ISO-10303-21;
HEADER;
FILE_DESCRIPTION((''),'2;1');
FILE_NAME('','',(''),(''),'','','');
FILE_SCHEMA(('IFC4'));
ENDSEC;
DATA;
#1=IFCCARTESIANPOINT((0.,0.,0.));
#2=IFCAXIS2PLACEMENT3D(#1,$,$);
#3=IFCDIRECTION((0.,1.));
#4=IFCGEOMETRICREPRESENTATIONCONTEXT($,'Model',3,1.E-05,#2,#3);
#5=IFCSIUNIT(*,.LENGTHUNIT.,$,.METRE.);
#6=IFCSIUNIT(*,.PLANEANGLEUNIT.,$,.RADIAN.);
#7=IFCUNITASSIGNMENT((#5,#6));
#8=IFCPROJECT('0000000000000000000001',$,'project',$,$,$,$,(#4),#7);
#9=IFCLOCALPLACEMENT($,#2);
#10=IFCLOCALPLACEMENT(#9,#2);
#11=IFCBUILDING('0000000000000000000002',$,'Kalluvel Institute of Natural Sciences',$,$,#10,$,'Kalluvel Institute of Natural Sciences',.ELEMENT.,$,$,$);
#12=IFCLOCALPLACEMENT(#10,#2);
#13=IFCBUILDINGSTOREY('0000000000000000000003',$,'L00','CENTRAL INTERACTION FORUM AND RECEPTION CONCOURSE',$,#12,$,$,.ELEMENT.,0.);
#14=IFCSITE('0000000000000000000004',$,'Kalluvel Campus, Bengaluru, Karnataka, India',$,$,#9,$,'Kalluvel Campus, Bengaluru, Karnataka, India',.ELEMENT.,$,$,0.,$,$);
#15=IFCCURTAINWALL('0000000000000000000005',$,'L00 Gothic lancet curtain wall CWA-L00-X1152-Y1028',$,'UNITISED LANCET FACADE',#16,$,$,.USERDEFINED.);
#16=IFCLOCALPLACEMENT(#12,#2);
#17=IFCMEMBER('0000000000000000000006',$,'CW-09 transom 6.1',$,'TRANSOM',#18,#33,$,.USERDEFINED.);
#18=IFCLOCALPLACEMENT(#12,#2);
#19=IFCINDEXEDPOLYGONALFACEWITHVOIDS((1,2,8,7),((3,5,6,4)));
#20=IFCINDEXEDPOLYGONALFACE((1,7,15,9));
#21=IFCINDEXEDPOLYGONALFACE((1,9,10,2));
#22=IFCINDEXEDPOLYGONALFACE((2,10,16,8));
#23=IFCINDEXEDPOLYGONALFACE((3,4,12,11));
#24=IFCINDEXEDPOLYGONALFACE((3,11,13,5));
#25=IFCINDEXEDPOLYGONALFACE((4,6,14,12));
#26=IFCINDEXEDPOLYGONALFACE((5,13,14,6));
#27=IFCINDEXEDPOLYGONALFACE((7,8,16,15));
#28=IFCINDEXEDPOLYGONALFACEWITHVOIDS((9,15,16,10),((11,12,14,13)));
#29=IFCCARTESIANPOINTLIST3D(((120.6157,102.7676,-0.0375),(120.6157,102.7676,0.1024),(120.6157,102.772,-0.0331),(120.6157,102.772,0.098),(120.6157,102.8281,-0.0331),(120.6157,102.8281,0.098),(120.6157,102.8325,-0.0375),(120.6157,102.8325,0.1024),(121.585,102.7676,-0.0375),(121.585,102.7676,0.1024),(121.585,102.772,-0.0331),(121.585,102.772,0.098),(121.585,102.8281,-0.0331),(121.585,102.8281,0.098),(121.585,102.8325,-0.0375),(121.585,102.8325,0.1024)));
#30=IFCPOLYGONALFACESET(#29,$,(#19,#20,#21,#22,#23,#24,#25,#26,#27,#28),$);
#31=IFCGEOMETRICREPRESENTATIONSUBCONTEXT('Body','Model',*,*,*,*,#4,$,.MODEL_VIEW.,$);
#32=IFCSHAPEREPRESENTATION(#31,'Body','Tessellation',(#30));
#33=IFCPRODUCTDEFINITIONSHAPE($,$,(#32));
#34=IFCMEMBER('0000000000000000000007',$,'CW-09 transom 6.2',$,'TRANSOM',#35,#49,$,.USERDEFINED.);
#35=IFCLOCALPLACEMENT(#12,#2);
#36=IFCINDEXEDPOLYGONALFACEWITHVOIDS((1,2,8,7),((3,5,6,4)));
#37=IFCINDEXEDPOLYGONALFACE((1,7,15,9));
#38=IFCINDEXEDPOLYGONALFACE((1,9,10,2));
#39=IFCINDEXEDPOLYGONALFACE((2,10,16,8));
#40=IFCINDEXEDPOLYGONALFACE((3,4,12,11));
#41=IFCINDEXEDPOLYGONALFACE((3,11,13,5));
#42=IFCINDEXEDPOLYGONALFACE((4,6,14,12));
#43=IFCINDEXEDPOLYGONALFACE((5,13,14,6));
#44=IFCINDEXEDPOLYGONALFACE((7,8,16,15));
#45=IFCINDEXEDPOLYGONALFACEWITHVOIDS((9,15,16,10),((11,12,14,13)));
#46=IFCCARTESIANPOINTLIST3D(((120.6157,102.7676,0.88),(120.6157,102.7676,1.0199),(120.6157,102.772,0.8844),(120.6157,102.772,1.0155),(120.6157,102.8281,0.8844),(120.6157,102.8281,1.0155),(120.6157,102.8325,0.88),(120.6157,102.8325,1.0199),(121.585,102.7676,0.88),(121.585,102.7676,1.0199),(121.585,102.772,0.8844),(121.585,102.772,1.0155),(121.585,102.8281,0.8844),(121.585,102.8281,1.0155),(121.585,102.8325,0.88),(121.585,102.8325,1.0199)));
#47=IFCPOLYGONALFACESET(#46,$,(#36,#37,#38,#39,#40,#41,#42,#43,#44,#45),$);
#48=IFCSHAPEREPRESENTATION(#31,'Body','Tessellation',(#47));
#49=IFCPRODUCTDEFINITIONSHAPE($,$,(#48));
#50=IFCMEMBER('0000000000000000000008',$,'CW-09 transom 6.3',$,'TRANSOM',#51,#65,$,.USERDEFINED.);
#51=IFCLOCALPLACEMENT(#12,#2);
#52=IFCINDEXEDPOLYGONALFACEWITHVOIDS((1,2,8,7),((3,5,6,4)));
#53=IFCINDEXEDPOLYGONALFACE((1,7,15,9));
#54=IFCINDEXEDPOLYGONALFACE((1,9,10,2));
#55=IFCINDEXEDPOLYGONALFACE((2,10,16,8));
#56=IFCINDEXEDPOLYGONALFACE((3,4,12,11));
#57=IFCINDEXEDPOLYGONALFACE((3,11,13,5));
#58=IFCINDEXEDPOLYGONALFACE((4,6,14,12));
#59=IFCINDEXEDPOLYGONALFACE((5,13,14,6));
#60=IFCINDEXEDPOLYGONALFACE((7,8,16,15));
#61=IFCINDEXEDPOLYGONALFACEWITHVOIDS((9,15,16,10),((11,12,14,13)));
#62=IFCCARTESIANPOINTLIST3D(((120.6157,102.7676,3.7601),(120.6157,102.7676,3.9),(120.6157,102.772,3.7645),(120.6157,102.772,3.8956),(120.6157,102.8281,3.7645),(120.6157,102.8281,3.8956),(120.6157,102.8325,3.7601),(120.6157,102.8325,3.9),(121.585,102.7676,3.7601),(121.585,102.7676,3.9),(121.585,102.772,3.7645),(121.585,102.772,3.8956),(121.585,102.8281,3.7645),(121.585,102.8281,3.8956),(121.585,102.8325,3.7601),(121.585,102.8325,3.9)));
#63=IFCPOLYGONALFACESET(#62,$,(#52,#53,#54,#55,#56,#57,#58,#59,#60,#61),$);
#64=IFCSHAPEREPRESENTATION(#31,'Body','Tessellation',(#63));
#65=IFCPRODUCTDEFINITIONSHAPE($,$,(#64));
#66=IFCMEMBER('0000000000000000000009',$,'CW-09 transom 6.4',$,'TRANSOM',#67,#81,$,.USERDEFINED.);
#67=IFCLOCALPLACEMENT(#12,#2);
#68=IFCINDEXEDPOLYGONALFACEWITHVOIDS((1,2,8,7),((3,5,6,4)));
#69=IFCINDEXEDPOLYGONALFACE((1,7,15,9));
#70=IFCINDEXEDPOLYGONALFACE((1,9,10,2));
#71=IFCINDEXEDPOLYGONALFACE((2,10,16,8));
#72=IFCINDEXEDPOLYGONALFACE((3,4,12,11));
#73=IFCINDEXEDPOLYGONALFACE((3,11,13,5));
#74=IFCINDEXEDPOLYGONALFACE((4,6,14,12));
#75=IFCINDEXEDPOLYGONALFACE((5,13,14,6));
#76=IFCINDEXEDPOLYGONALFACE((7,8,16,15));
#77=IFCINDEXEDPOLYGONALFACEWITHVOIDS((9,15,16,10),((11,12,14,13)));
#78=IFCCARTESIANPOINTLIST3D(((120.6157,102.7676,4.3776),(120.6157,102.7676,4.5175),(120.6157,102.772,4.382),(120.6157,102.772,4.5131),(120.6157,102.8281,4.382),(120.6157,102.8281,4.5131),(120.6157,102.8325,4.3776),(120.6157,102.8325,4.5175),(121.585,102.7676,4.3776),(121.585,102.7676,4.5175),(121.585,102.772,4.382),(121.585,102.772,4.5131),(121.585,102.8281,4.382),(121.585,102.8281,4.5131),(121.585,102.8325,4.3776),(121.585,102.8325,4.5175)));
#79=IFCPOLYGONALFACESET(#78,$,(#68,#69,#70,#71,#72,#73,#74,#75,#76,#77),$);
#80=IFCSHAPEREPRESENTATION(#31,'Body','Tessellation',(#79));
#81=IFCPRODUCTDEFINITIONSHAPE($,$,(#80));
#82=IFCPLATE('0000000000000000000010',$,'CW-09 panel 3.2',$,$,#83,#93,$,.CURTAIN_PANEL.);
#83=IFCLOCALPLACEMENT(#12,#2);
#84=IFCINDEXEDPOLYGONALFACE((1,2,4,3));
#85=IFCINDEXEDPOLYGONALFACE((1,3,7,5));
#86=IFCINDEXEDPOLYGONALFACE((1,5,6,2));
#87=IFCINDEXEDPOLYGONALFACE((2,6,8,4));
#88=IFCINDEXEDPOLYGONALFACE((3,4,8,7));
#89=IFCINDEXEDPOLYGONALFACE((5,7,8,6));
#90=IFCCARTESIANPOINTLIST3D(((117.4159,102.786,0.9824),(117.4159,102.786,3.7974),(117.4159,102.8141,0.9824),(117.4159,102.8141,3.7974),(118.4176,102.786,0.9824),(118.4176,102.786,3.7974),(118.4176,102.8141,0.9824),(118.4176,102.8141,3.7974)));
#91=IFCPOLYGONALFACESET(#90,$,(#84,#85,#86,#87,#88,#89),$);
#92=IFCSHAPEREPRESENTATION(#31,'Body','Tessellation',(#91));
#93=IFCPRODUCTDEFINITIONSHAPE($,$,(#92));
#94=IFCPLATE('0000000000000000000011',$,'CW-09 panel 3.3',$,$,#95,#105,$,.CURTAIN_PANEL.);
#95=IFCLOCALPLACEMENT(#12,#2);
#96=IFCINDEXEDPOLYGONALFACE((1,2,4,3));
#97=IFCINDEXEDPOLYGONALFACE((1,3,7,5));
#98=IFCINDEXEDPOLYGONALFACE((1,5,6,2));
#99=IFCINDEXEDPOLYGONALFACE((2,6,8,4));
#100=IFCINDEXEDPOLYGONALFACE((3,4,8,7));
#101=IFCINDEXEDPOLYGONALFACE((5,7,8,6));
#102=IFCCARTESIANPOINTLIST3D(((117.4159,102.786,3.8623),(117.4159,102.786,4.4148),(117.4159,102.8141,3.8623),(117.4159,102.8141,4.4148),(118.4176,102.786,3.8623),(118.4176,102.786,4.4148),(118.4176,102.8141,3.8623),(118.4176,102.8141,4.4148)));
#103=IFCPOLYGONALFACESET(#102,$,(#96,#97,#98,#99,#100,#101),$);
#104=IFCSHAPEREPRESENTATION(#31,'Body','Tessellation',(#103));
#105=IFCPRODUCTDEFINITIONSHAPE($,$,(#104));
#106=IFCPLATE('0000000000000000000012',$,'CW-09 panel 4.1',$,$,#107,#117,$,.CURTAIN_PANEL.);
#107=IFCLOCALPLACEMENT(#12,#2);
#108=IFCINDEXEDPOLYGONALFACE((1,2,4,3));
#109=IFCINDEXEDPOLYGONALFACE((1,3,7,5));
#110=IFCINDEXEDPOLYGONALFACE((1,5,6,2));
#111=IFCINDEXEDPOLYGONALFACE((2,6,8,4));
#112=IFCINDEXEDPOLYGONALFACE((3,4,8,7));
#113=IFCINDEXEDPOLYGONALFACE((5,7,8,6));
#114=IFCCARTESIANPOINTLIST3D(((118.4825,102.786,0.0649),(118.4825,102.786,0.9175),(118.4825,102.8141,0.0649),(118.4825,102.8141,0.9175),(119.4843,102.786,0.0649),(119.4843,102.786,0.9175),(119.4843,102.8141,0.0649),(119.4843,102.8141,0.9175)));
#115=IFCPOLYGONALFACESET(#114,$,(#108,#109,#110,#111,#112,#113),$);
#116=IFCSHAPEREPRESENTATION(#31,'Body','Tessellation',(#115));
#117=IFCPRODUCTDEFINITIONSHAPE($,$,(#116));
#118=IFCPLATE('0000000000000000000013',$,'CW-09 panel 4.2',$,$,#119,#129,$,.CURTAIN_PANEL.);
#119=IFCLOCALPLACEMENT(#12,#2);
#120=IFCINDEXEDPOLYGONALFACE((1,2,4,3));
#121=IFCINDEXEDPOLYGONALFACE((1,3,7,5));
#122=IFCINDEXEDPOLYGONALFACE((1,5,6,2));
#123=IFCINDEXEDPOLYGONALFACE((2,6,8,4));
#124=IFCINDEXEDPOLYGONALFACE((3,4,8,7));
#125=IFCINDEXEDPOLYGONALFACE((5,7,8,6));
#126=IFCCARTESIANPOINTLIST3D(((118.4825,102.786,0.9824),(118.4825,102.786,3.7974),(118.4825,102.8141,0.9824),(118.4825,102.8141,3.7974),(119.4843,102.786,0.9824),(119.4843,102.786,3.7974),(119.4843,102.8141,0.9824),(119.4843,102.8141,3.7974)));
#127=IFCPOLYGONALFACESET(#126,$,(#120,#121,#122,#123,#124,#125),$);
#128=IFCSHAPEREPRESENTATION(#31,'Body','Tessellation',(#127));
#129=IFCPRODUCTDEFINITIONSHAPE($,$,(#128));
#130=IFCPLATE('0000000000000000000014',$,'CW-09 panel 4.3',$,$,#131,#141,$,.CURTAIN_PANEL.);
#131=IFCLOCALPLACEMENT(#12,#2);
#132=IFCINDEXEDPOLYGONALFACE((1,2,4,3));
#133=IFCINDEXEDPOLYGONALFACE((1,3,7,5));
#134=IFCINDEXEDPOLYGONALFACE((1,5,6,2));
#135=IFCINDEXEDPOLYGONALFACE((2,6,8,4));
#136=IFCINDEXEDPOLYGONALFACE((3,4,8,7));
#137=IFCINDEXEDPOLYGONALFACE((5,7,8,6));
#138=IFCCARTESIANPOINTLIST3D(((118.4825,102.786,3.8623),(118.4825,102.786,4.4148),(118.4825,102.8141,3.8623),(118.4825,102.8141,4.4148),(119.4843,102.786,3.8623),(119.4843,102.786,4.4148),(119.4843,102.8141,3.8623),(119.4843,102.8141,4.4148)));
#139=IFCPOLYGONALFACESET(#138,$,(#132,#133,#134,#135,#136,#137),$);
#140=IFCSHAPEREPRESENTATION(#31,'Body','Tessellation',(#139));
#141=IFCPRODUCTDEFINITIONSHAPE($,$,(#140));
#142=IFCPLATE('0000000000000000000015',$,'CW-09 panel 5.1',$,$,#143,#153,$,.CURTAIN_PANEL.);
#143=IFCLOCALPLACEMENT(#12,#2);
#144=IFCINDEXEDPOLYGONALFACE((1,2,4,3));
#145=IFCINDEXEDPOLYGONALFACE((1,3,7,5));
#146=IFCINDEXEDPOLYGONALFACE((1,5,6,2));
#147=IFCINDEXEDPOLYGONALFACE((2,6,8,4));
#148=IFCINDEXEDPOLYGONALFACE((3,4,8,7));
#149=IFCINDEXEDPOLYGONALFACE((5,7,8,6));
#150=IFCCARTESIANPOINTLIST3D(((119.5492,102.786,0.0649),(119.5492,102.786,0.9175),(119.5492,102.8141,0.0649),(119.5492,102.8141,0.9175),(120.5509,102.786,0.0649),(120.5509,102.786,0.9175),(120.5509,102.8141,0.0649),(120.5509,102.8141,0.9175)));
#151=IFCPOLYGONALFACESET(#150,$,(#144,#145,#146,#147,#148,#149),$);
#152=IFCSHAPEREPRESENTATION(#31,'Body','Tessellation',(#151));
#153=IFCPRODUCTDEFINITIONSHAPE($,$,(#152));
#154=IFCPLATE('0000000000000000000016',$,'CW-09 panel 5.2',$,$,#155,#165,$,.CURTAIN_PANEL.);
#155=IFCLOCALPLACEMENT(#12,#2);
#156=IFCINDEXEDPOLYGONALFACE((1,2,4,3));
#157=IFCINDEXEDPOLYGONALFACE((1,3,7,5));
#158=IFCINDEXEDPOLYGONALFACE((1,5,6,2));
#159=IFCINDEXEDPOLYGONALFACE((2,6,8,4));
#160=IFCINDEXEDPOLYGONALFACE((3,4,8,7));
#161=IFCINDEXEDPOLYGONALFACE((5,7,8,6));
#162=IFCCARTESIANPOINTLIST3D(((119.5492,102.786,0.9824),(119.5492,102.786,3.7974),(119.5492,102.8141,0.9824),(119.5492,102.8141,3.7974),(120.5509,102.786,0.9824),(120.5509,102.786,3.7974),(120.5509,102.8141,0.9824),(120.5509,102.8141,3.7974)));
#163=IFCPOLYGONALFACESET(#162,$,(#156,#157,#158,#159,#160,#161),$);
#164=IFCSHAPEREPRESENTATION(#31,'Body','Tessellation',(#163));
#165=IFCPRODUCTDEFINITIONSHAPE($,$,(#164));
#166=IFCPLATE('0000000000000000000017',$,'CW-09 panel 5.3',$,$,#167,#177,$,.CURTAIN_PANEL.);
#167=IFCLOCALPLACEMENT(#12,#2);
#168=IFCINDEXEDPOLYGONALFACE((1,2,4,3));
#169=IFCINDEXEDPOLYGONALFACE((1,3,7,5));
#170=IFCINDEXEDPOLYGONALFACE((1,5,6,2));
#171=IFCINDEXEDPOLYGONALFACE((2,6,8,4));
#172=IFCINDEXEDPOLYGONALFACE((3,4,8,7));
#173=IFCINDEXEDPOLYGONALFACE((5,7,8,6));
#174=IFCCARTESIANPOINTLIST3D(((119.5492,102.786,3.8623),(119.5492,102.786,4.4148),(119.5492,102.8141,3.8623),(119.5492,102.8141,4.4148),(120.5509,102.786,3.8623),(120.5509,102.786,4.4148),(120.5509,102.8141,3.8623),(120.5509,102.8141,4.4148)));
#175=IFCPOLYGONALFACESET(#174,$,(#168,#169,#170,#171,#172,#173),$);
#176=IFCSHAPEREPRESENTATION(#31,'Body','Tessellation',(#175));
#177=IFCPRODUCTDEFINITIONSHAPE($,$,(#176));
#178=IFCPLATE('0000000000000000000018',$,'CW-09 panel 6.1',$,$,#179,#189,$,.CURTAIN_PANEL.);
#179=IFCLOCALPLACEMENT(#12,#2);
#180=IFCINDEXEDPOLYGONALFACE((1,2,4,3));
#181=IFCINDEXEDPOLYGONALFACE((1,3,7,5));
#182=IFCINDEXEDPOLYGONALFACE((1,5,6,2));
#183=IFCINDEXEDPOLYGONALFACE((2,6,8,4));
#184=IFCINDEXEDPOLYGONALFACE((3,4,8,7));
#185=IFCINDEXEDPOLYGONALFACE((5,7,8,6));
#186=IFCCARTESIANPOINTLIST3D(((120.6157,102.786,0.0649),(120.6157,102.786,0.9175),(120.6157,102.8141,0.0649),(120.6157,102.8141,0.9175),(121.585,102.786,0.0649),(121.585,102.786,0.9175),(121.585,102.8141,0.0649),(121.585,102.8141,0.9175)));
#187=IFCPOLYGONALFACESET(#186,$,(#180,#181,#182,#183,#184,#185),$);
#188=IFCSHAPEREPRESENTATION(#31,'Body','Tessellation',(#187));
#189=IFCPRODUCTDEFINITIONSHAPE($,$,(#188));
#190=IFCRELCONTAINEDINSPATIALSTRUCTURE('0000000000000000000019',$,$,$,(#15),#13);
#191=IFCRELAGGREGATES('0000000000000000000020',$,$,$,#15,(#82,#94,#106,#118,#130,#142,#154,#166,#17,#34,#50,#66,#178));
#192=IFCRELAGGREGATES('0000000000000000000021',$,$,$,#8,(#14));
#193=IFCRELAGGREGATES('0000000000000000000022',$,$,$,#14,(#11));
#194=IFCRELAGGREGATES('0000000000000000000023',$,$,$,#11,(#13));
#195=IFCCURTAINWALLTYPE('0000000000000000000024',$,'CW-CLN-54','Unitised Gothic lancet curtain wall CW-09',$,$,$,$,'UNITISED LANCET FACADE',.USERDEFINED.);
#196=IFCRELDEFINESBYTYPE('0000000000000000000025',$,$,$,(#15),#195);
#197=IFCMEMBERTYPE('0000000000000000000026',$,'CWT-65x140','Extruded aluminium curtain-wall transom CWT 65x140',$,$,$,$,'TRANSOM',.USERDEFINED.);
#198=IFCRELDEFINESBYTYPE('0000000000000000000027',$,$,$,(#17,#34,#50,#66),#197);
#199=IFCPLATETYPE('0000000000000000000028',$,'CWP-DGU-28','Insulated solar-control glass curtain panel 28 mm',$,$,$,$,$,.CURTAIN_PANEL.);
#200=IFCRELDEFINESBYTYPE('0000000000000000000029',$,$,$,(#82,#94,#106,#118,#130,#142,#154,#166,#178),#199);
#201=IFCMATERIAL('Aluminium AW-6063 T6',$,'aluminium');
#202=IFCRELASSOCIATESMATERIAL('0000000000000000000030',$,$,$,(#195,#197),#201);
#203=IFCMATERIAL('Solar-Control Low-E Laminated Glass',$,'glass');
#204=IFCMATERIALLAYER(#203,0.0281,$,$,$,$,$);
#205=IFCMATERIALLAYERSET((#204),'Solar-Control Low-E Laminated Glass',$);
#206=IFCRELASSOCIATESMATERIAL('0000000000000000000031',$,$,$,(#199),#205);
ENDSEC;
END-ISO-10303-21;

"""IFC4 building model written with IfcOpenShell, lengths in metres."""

from ifc_helpers import new_model, si_unit, direction, frame, origin, origin_2d, place, context, subcontext, project, spatial, rectangle, hollow_rectangle, extrude, material, layer, layer_set, material_profile, profile_set, type_object, element, aggregate, save


model = new_model("IFC4")

# Units and contexts
model_context = context("Model", 3, precision=1e-05, world=origin(), true_north=direction((0.0, 1.0)))
body_context = subcontext(model_context, "Body", "Model", "MODEL_VIEW")
ifc_project = project(units=[si_unit("LENGTHUNIT", "METRE"), si_unit("PLANEANGLEUNIT", "RADIAN")], contexts=[model_context])

# Site, building, storey
site_placement = place(None, origin())
site = spatial("IfcSite", under=ifc_project, at=site_placement, Name="Kalluvel Campus, Bengaluru, Karnataka, India", LongName="Kalluvel Campus, Bengaluru, Karnataka, India", CompositionType="ELEMENT", RefElevation=0.0)
building_placement = place(site_placement, origin())
building = spatial("IfcBuilding", under=site, at=building_placement, Name="Kalluvel Institute of Natural Sciences", LongName="Kalluvel Institute of Natural Sciences", CompositionType="ELEMENT")
storey_placement = place(building_placement, origin())
storey = spatial("IfcBuildingStorey", under=building, at=storey_placement, Name="L00", Description="CENTRAL INTERACTION FORUM AND RECEPTION CONCOURSE", CompositionType="ELEMENT", Elevation=0.0)

# Curtain wall, members, plates
ifc_material_1 = material(Name="Aluminium AW-6063 T6", Category="aluminium")
curtain_wall_type = type_object("IfcCurtainWallType", Name="CW-CLN-54", Description="Unitised Gothic lancet curtain wall CW-09", ElementType="UNITISED LANCET FACADE", PredefinedType="USERDEFINED", material=ifc_material_1)
curtain_wall_placement = place(storey_placement, origin())
curtain_wall = element("IfcCurtainWall", 1, at=curtain_wall_placement, inside=storey, type_object=curtain_wall_type, Name="L00 Gothic lancet curtain wall CWA-L00-X1152-Y1028", ObjectType="UNITISED LANCET FACADE", PredefinedType="USERDEFINED")
ifc_material_profile_1 = material_profile(ifc_material_1, hollow_rectangle(XDim=0.0649, YDim=0.1399, WallThickness=0.0044, at=origin_2d()), Name="CWT 65x140")
ifc_profile_set_1 = profile_set([ifc_material_profile_1], Name="Aluminium AW-6063 T6")
member_type_1 = type_object("IfcMemberType", Name="CWT-65x140", Description="Extruded aluminium curtain-wall transom CWT 65x140", ElementType="TRANSOM", PredefinedType="USERDEFINED", material=ifc_profile_set_1)
member_1_placement = place(storey_placement, frame((120.6157, 102.8, 0.0325), z_axis=(1.0, 0.0, 0.0), x_axis=(0.0, 1.0, 0.0)))
member_1 = element("IfcMember", 2, at=member_1_placement, type_object=member_type_1, Name="CW-09 transom 6.1", ObjectType="TRANSOM", PredefinedType="USERDEFINED", context=body_context, shape_type="SweptSolid", body=[
    extrude(hollow_rectangle(XDim=0.0649, YDim=0.1399, WallThickness=0.0044, at=origin_2d()), origin(), (0.0, 0.0, 1.0), 0.9692),
])
member_2_placement = place(storey_placement, frame((120.6157, 102.8, 0.95), z_axis=(1.0, 0.0, 0.0), x_axis=(0.0, 1.0, 0.0)))
member_2 = element("IfcMember", 3, at=member_2_placement, type_object=member_type_1, Name="CW-09 transom 6.2", ObjectType="TRANSOM", PredefinedType="USERDEFINED", context=body_context, shape_type="SweptSolid", body=[
    extrude(hollow_rectangle(XDim=0.0649, YDim=0.1399, WallThickness=0.0044, at=origin_2d()), origin(), (0.0, 0.0, 1.0), 0.9692),
])
member_3_placement = place(storey_placement, frame((120.6157, 102.8, 3.8301), z_axis=(1.0, 0.0, 0.0), x_axis=(0.0, 1.0, 0.0)))
member_3 = element("IfcMember", 4, at=member_3_placement, type_object=member_type_1, Name="CW-09 transom 6.3", ObjectType="TRANSOM", PredefinedType="USERDEFINED", context=body_context, shape_type="SweptSolid", body=[
    extrude(hollow_rectangle(XDim=0.0649, YDim=0.1399, WallThickness=0.0044, at=origin_2d()), origin(), (0.0, 0.0, 1.0), 0.9692),
])
member_4_placement = place(storey_placement, frame((120.6157, 102.8, 4.4475), z_axis=(1.0, 0.0, 0.0), x_axis=(0.0, 1.0, 0.0)))
member_4 = element("IfcMember", 5, at=member_4_placement, type_object=member_type_1, Name="CW-09 transom 6.4", ObjectType="TRANSOM", PredefinedType="USERDEFINED", context=body_context, shape_type="SweptSolid", body=[
    extrude(hollow_rectangle(XDim=0.0649, YDim=0.1399, WallThickness=0.0044, at=origin_2d()), origin(), (0.0, 0.0, 1.0), 0.9692),
])
ifc_material_2 = material(Name="Solar-Control Low-E Laminated Glass", Category="glass")
ifc_layer = layer(ifc_material_2, 0.0281)
ifc_layer_set = layer_set([ifc_layer], Name="Solar-Control Low-E Laminated Glass")
plate_type = type_object("IfcPlateType", Name="CWP-DGU-28", Description="Insulated solar-control glass curtain panel 28 mm", PredefinedType="CURTAIN_PANEL", material=ifc_layer_set)
plate_1_placement = place(storey_placement, frame((117.9167, 102.8, 0.9824), z_axis=(0.0, 0.0, 1.0), x_axis=(1.0, 0.0, 0.0)))
plate_1 = element("IfcPlate", 6, at=plate_1_placement, type_object=plate_type, Name="CW-09 panel 3.2", PredefinedType="CURTAIN_PANEL", context=body_context, shape_type="SweptSolid", body=[
    extrude(rectangle(XDim=1.0017, YDim=0.0281, at=origin_2d()), origin(), (0.0, 0.0, 1.0), 2.8149),
])
plate_2_placement = place(storey_placement, frame((117.9167, 102.8, 3.8623), z_axis=(0.0, 0.0, 1.0), x_axis=(1.0, 0.0, 0.0)))
plate_2 = element("IfcPlate", 7, at=plate_2_placement, type_object=plate_type, Name="CW-09 panel 3.3", PredefinedType="CURTAIN_PANEL", context=body_context, shape_type="SweptSolid", body=[
    extrude(rectangle(XDim=1.0017, YDim=0.0281, at=origin_2d()), origin(), (0.0, 0.0, 1.0), 0.5525),
])
plate_3_placement = place(storey_placement, frame((118.9834, 102.8, 0.0649), z_axis=(0.0, 0.0, 1.0), x_axis=(1.0, 0.0, 0.0)))
plate_3 = element("IfcPlate", 8, at=plate_3_placement, type_object=plate_type, Name="CW-09 panel 4.1", PredefinedType="CURTAIN_PANEL", context=body_context, shape_type="SweptSolid", body=[
    extrude(rectangle(XDim=1.0017, YDim=0.0281, at=origin_2d()), origin(), (0.0, 0.0, 1.0), 0.8525),
])
plate_4_placement = place(storey_placement, frame((118.9834, 102.8, 0.9824), z_axis=(0.0, 0.0, 1.0), x_axis=(1.0, 0.0, 0.0)))
plate_4 = element("IfcPlate", 9, at=plate_4_placement, type_object=plate_type, Name="CW-09 panel 4.2", PredefinedType="CURTAIN_PANEL", context=body_context, shape_type="SweptSolid", body=[
    extrude(rectangle(XDim=1.0017, YDim=0.0281, at=origin_2d()), origin(), (0.0, 0.0, 1.0), 2.8149),
])
plate_5_placement = place(storey_placement, frame((118.9834, 102.8, 3.8623), z_axis=(0.0, 0.0, 1.0), x_axis=(1.0, 0.0, 0.0)))
plate_5 = element("IfcPlate", 10, at=plate_5_placement, type_object=plate_type, Name="CW-09 panel 4.3", PredefinedType="CURTAIN_PANEL", context=body_context, shape_type="SweptSolid", body=[
    extrude(rectangle(XDim=1.0017, YDim=0.0281, at=origin_2d()), origin(), (0.0, 0.0, 1.0), 0.5525),
])
plate_6_placement = place(storey_placement, frame((120.05, 102.8, 0.0649), z_axis=(0.0, 0.0, 1.0), x_axis=(1.0, 0.0, 0.0)))
plate_6 = element("IfcPlate", 11, at=plate_6_placement, type_object=plate_type, Name="CW-09 panel 5.1", PredefinedType="CURTAIN_PANEL", context=body_context, shape_type="SweptSolid", body=[
    extrude(rectangle(XDim=1.0017, YDim=0.0281, at=origin_2d()), origin(), (0.0, 0.0, 1.0), 0.8525),
])
plate_7_placement = place(storey_placement, frame((120.05, 102.8, 0.9824), z_axis=(0.0, 0.0, 1.0), x_axis=(1.0, 0.0, 0.0)))
plate_7 = element("IfcPlate", 12, at=plate_7_placement, type_object=plate_type, Name="CW-09 panel 5.2", PredefinedType="CURTAIN_PANEL", context=body_context, shape_type="SweptSolid", body=[
    extrude(rectangle(XDim=1.0017, YDim=0.0281, at=origin_2d()), origin(), (0.0, 0.0, 1.0), 2.8149),
])
plate_8_placement = place(storey_placement, frame((120.05, 102.8, 3.8623), z_axis=(0.0, 0.0, 1.0), x_axis=(1.0, 0.0, 0.0)))
plate_8 = element("IfcPlate", 13, at=plate_8_placement, type_object=plate_type, Name="CW-09 panel 5.3", PredefinedType="CURTAIN_PANEL", context=body_context, shape_type="SweptSolid", body=[
    extrude(rectangle(XDim=1.0017, YDim=0.0281, at=origin_2d()), origin(), (0.0, 0.0, 1.0), 0.5525),
])
plate_9_placement = place(storey_placement, frame((121.1003, 102.8, 0.0649), z_axis=(0.0, 0.0, 1.0), x_axis=(1.0, 0.0, 0.0)))
plate_9 = element("IfcPlate", 14, at=plate_9_placement, type_object=plate_type, Name="CW-09 panel 6.1", PredefinedType="CURTAIN_PANEL", context=body_context, shape_type="SweptSolid", body=[
    extrude(rectangle(XDim=0.9692, YDim=0.0281, at=origin_2d()), origin(), (0.0, 0.0, 1.0), 0.8525),
])
aggregate(curtain_wall, [plate_1, plate_2, plate_3, plate_4, plate_5, plate_6, plate_7, plate_8, member_1, member_2, member_3, member_4, plate_9])

save(model, "model.ifc")
